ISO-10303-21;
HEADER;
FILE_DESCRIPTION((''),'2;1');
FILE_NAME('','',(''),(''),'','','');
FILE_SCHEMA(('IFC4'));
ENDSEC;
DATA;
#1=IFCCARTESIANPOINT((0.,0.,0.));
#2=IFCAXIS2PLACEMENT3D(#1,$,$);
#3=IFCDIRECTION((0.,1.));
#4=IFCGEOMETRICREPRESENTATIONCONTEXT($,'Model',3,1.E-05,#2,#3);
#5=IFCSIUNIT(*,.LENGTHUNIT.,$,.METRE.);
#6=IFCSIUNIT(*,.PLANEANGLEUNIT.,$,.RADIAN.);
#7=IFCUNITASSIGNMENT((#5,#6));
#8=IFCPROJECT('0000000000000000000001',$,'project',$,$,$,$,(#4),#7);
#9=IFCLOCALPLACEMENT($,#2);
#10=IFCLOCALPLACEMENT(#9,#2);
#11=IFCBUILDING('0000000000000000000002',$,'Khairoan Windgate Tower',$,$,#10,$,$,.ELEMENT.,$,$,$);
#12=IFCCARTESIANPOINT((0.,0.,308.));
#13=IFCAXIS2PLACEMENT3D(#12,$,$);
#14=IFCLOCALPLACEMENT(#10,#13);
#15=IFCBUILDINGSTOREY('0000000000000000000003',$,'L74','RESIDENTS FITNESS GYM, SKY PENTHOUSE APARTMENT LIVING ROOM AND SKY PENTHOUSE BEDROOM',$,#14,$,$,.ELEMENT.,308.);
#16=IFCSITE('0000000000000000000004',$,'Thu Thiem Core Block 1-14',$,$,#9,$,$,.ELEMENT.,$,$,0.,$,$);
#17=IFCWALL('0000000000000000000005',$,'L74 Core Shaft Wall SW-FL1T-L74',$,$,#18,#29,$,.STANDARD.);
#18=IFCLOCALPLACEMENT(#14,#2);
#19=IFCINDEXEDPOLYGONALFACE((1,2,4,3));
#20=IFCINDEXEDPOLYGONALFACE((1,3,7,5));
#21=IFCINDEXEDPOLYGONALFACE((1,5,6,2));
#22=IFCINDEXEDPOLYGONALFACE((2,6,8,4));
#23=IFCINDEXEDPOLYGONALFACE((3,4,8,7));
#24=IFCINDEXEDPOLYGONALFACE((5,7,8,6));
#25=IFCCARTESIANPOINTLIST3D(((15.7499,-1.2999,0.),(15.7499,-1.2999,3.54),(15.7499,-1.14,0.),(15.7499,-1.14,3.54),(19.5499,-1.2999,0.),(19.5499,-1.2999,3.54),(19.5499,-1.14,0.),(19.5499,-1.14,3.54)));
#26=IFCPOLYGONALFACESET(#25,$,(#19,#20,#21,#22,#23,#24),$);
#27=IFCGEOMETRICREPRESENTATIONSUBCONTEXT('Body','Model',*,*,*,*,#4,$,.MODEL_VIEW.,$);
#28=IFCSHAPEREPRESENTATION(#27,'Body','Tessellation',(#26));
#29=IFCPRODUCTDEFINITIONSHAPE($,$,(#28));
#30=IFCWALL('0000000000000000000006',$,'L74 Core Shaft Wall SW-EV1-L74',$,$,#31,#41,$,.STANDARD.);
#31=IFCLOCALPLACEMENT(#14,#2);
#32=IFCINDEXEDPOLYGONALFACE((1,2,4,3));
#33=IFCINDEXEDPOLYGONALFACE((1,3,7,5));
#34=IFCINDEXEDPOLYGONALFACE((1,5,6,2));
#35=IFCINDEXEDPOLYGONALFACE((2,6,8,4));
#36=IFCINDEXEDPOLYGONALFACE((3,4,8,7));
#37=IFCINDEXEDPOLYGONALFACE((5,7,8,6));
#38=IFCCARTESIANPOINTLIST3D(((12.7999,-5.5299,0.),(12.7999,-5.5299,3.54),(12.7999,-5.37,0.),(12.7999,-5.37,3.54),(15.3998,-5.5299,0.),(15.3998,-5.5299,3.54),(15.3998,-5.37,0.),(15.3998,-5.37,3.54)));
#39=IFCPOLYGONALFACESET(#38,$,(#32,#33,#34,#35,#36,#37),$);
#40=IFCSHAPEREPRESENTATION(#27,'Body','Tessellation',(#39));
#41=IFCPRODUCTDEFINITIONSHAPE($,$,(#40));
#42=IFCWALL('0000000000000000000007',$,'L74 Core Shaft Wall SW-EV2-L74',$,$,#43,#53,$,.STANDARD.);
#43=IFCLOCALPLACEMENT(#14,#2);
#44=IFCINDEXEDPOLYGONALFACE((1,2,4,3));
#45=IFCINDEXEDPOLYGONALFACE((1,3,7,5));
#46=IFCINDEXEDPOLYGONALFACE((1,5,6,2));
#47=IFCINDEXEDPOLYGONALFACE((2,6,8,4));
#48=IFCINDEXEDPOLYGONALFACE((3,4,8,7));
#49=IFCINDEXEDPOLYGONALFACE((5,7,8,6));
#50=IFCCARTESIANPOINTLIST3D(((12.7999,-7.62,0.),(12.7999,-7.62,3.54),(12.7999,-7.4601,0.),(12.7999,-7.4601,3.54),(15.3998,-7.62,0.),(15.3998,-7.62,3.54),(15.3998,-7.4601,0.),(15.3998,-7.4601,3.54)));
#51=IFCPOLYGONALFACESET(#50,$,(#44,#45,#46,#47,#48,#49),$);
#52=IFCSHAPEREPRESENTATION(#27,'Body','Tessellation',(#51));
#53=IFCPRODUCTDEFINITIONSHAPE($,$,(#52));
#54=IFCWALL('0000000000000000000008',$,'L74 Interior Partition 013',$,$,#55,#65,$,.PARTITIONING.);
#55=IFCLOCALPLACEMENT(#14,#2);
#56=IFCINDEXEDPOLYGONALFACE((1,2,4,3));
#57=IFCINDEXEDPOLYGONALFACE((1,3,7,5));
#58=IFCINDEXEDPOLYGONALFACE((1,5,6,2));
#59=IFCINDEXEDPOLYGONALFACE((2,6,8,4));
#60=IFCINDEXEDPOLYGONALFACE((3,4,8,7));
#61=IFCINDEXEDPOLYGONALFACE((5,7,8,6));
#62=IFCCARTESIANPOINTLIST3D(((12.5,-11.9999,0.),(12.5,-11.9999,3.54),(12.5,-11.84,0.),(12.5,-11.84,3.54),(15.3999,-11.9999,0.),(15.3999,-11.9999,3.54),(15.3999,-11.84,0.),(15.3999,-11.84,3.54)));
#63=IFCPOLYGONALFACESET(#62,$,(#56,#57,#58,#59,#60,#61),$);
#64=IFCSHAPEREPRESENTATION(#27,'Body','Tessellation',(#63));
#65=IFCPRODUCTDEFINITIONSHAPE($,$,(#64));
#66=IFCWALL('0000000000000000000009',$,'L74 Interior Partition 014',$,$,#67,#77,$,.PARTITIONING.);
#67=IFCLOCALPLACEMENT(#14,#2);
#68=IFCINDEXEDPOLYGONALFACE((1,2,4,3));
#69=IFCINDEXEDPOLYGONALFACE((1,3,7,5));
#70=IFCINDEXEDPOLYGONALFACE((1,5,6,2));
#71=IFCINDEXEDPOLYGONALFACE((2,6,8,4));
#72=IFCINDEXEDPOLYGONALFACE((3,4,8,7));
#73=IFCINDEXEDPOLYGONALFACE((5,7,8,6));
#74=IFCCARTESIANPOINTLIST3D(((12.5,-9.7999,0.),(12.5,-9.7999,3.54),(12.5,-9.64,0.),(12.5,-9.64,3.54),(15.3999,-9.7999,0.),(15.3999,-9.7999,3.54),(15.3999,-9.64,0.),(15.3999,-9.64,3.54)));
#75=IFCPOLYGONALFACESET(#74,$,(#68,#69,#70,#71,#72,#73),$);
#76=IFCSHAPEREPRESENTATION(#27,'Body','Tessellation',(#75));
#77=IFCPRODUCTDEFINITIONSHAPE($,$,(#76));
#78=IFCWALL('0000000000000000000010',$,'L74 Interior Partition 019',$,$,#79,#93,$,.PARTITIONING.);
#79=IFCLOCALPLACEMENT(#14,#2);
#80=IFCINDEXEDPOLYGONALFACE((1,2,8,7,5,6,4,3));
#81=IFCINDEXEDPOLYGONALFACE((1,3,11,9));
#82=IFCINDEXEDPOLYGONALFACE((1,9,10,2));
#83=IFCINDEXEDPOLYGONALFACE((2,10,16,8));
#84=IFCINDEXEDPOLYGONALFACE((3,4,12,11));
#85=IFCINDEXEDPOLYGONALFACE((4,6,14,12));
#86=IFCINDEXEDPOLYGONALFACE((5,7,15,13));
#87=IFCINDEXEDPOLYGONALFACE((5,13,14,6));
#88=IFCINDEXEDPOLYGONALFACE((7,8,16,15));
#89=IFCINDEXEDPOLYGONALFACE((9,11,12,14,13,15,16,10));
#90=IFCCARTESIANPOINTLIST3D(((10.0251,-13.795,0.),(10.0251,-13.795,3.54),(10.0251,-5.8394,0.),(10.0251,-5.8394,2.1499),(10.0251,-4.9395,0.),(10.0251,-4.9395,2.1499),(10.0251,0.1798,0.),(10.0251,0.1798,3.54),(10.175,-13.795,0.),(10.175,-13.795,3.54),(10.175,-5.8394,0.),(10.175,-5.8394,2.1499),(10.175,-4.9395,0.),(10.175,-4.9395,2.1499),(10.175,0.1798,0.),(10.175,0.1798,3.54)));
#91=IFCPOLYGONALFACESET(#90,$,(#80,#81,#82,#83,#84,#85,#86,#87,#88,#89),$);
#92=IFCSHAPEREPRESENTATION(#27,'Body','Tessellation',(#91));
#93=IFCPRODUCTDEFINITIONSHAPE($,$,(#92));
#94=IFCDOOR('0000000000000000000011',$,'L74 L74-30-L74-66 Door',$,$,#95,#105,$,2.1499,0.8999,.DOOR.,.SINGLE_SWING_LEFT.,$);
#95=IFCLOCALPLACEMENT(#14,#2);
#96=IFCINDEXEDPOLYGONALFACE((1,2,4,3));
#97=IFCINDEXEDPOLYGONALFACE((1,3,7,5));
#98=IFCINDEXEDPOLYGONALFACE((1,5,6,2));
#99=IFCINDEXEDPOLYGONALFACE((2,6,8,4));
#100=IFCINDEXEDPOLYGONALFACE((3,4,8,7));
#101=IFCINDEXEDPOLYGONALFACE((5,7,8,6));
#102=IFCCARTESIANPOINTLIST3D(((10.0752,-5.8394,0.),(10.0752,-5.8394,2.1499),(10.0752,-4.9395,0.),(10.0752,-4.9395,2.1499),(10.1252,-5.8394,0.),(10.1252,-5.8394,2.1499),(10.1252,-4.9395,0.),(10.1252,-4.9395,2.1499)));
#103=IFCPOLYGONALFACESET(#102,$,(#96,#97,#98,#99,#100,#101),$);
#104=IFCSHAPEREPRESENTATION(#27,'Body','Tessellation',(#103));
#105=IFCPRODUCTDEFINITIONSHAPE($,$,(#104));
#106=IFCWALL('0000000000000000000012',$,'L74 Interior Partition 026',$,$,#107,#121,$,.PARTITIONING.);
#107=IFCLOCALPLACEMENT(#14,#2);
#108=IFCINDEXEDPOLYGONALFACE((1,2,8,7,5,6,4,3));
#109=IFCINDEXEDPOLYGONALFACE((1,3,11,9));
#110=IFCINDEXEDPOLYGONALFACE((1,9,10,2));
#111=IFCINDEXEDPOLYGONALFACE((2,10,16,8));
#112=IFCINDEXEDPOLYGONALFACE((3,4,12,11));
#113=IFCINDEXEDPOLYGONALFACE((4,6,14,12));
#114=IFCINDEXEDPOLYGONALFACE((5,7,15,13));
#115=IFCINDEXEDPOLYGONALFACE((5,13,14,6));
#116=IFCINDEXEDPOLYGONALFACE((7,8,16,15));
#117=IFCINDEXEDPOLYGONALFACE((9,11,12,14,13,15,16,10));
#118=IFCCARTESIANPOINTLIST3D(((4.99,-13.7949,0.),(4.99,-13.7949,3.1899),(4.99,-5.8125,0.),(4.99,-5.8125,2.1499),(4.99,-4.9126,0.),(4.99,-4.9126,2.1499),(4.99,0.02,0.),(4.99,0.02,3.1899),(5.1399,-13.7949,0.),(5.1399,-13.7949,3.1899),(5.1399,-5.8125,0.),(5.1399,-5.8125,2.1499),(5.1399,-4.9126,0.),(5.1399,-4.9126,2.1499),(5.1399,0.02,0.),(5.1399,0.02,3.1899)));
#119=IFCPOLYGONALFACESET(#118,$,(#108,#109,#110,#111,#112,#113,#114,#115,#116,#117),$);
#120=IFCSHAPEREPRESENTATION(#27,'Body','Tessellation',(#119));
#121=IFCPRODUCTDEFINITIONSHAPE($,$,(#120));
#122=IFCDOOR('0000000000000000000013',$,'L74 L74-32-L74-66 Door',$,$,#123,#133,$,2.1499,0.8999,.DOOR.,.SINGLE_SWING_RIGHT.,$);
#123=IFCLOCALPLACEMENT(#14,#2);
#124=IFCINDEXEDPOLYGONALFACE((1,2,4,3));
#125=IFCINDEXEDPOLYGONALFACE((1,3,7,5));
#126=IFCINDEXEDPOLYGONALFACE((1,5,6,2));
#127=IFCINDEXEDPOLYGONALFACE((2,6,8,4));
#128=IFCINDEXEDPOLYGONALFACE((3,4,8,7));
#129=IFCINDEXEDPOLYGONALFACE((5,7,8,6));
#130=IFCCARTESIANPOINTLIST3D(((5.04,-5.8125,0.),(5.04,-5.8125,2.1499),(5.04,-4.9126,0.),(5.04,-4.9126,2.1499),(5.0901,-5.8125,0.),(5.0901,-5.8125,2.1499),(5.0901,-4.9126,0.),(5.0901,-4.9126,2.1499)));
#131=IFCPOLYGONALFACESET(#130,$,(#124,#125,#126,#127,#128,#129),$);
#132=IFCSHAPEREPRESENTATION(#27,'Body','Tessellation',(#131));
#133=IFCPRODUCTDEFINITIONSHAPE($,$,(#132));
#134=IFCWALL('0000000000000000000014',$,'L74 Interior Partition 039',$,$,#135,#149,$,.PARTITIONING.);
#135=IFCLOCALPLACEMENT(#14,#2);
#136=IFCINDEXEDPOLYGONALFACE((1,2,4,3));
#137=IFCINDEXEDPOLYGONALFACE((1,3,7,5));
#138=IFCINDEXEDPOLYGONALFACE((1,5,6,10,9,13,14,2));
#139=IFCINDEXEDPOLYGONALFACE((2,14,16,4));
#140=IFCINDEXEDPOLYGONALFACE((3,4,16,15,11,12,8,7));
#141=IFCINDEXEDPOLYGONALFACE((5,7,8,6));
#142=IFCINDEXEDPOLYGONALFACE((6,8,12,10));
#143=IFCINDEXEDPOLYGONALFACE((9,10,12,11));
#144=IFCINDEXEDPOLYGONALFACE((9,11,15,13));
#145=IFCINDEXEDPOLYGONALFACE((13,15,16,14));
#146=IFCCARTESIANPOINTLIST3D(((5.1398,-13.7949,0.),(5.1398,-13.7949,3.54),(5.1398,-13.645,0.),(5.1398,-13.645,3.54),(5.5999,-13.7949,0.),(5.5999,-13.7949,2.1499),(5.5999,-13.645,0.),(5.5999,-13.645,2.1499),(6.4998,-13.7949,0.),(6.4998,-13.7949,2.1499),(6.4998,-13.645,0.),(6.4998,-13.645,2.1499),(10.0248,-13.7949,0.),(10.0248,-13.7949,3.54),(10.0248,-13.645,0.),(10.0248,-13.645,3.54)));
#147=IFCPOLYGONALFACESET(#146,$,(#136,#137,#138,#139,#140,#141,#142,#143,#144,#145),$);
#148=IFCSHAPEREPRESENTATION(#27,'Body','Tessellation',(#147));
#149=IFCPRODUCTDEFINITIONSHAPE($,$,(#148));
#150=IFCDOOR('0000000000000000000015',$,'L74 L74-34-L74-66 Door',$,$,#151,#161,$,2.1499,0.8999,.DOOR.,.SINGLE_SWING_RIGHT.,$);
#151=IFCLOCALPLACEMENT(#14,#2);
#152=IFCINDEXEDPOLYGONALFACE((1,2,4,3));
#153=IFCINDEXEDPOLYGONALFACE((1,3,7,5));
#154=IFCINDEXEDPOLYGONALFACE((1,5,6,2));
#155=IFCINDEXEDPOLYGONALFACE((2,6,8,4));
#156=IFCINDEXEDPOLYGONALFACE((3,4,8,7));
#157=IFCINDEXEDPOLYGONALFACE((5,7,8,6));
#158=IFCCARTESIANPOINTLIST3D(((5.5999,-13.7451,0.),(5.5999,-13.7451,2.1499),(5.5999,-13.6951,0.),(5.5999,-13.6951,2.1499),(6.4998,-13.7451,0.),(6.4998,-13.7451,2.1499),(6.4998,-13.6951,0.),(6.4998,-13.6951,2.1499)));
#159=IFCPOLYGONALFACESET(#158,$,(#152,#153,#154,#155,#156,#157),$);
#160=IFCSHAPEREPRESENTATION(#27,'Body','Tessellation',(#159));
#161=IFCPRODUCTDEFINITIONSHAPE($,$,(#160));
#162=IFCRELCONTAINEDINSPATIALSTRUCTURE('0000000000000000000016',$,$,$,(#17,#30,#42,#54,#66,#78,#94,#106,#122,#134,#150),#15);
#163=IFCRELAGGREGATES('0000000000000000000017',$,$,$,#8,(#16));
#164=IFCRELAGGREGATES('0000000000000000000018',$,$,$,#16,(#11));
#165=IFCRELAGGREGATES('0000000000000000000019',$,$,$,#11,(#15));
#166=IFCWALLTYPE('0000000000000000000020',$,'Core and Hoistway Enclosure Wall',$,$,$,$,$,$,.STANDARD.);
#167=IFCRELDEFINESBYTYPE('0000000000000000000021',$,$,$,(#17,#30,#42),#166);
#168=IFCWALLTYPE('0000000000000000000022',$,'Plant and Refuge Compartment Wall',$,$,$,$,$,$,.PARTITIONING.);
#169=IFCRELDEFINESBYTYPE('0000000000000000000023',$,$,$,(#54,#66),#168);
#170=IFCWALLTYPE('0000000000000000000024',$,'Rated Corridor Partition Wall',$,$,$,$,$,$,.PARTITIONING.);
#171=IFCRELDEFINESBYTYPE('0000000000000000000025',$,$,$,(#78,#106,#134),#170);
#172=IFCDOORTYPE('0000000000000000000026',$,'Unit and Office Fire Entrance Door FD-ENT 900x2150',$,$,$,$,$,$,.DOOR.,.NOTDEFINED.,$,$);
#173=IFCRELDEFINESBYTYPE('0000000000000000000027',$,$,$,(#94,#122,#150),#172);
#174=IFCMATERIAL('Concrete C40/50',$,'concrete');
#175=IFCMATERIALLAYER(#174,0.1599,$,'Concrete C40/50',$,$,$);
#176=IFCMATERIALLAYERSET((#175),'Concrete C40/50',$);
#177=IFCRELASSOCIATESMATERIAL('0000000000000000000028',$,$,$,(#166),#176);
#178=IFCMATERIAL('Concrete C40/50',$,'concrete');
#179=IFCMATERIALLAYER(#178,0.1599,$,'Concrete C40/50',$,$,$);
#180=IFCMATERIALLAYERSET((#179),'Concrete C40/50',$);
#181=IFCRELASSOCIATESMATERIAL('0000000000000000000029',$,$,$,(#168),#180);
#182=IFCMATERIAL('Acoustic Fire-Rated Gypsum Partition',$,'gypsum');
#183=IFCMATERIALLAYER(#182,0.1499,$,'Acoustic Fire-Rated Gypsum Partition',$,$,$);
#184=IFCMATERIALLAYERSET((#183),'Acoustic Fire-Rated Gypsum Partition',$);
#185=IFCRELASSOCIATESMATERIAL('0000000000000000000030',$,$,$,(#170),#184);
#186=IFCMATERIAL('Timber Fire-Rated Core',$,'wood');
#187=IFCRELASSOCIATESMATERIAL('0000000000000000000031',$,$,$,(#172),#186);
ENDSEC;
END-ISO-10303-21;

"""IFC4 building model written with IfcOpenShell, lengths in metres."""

from ifc_helpers import new_model, si_unit, direction, frame, frame_2d, origin, place, context, subcontext, project, spatial, rectangle, extrude, material, layer, layer_set, type_object, element, fill, save


model = new_model("IFC4")

# Units and contexts
model_context = context("Model", 3, precision=1e-05, world=origin(), true_north=direction((0.0, 1.0)))
body_context = subcontext(model_context, "Body", "Model", "MODEL_VIEW")
ifc_project = project(units=[si_unit("LENGTHUNIT", "METRE"), si_unit("PLANEANGLEUNIT", "RADIAN")], contexts=[model_context])

# Site, building, storey
site_placement = place(None, origin())
site = spatial("IfcSite", under=ifc_project, at=site_placement, Name="Thu Thiem Core Block 1-14", CompositionType="ELEMENT", RefElevation=0.0)
building_placement = place(site_placement, origin())
building = spatial("IfcBuilding", under=site, at=building_placement, Name="Khairoan Windgate Tower", CompositionType="ELEMENT")
storey_placement = place(building_placement, frame((0.0, 0.0, 308.0)))
storey = spatial("IfcBuildingStorey", under=building, at=storey_placement, Name="L74", Description="RESIDENTS FITNESS GYM, SKY PENTHOUSE APARTMENT LIVING ROOM AND SKY PENTHOUSE BEDROOM", CompositionType="ELEMENT", Elevation=308.0)

# Shared definitions
ifc_material_1 = material(Name="Concrete C40/50", Category="concrete")
ifc_layer_1 = layer(ifc_material_1, 0.1599, Name="Concrete C40/50")
ifc_layer_set_1 = layer_set([ifc_layer_1], Name="Concrete C40/50")
wall_type_1 = type_object("IfcWallType", Name="Core and Hoistway Enclosure Wall", PredefinedType="STANDARD", material=ifc_layer_set_1)

# Walls
wall_1_placement = place(storey_placement, frame((15.75, -1.22, 0.0), z_axis=(0.0, 0.0, 1.0), x_axis=(1.0, 0.0, 0.0)))
element("IfcWall", 1, at=wall_1_placement, inside=storey, type_object=wall_type_1, Name="L74 Core Shaft Wall SW-FL1T-L74", PredefinedType="STANDARD", context=body_context, shape_type="SweptSolid", body=[
    extrude(rectangle(XDim=3.8, YDim=0.1599, at=frame_2d((1.8999, 0.0))), origin(), (0.0, 0.0, 1.0), 3.54),
])
for number, where, z_axis, x_axis, name in (
    (2, (12.8, -5.45, 0.0), (0.0, 0.0, 1.0), (1.0, 0.0, 0.0), "L74 Core Shaft Wall SW-EV1-L74"),
    (3, (12.8, -7.54, 0.0), (0.0, 0.0, 1.0), (1.0, 0.0, 0.0), "L74 Core Shaft Wall SW-EV2-L74"),
):
    element("IfcWall", number, at=place(storey_placement, frame(where, z_axis=z_axis, x_axis=x_axis)), inside=storey, type_object=wall_type_1, Name=name, PredefinedType="STANDARD", context=body_context, shape_type="SweptSolid", body=[
        extrude(rectangle(XDim=2.5999, YDim=0.1599, at=frame_2d((1.2998, 0.0))), origin(), (0.0, 0.0, 1.0), 3.54),
    ])
ifc_material_2 = material(Name="Concrete C40/50", Category="concrete")
ifc_layer_2 = layer(ifc_material_2, 0.1599, Name="Concrete C40/50")
ifc_layer_set_2 = layer_set([ifc_layer_2], Name="Concrete C40/50")
wall_type_2 = type_object("IfcWallType", Name="Plant and Refuge Compartment Wall", PredefinedType="PARTITIONING", material=ifc_layer_set_2)
for number, where, z_axis, x_axis, name in (
    (4, (12.5, -11.9199, 0.0), (0.0, 0.0, 1.0), (1.0, 0.0, 0.0), "L74 Interior Partition 013"),
    (5, (12.5, -9.72, 0.0), (0.0, 0.0, 1.0), (1.0, 0.0, 0.0), "L74 Interior Partition 014"),
):
    element("IfcWall", number, at=place(storey_placement, frame(where, z_axis=z_axis, x_axis=x_axis)), inside=storey, type_object=wall_type_2, Name=name, PredefinedType="PARTITIONING", context=body_context, shape_type="SweptSolid", body=[
        extrude(rectangle(XDim=2.8999, YDim=0.1599, at=frame_2d((1.45, 0.0))), origin(), (0.0, 0.0, 1.0), 3.54),
    ])

# Walls, openings, doors
ifc_material_3 = material(Name="Acoustic Fire-Rated Gypsum Partition", Category="gypsum")
ifc_layer_3 = layer(ifc_material_3, 0.1499, Name="Acoustic Fire-Rated Gypsum Partition")
ifc_layer_set_3 = layer_set([ifc_layer_3], Name="Acoustic Fire-Rated Gypsum Partition")
wall_type_3 = type_object("IfcWallType", Name="Rated Corridor Partition Wall", PredefinedType="PARTITIONING", material=ifc_layer_set_3)
wall_2_placement = place(storey_placement, frame((10.1001, -13.7949, 0.0), z_axis=(0.0, 0.0, 1.0), x_axis=(0.0, 1.0, 0.0)))
wall_2 = element("IfcWall", 6, at=wall_2_placement, inside=storey, type_object=wall_type_3, Name="L74 Interior Partition 019", PredefinedType="PARTITIONING", context=body_context, shape_type="SweptSolid", body=[
    extrude(rectangle(XDim=13.9749, YDim=0.1499, at=frame_2d((6.9873, 0.0))), origin(), (0.0, 0.0, 1.0), 3.54),
])
opening_1_placement = place(wall_2_placement, frame((7.9556, 0.0, 0.0)))
opening_1 = element("IfcOpeningElement", 7, at=opening_1_placement, cuts=wall_2, PredefinedType="OPENING", context=body_context, shape_type="SweptSolid", body=[
    extrude(rectangle(XDim=0.8999, YDim=2.1499, at=frame_2d((0.45, 1.075))), frame((0.0, 0.085, 0.0), z_axis=(0.0, -1.0, 0.0), x_axis=(1.0, 0.0, 0.0)), (0.0, 0.0, 1.0), 0.1699),
])
ifc_material_4 = material(Name="Timber Fire-Rated Core", Category="wood")
door_type_1 = type_object("IfcDoorType", Name="Unit and Office Fire Entrance Door FD-ENT 900x2150", OperationType="NOTDEFINED", PredefinedType="DOOR", material=ifc_material_4)
door_1_placement = place(opening_1_placement, origin())
door_1 = element("IfcDoor", 8, at=door_1_placement, inside=storey, type_object=door_type_1, Name="L74 L74-30-L74-66 Door", OperationType="SINGLE_SWING_LEFT", OverallHeight=2.1499, OverallWidth=0.8999, PredefinedType="DOOR", context=body_context, shape_type="SweptSolid", body=[
    extrude(rectangle(XDim=0.8999, YDim=2.1499, at=frame_2d((0.45, 1.075))), frame((0.0, 0.0249, 0.0), z_axis=(0.0, -1.0, 0.0), x_axis=(1.0, 0.0, 0.0)), (0.0, 0.0, 1.0), 0.05),
])
fill(opening_1, door_1)
wall_3_placement = place(storey_placement, frame((5.0649, -13.7949, 0.0), z_axis=(0.0, 0.0, 1.0), x_axis=(0.0, 1.0, 0.0)))
wall_3 = element("IfcWall", 9, at=wall_3_placement, inside=storey, type_object=wall_type_3, Name="L74 Interior Partition 026", PredefinedType="PARTITIONING", context=body_context, shape_type="SweptSolid", body=[
    extrude(rectangle(XDim=13.8149, YDim=0.1499, at=frame_2d((6.9075, 0.0))), origin(), (0.0, 0.0, 1.0), 3.1899),
])
opening_2_placement = place(wall_3_placement, frame((7.9824, 0.0, 0.0)))
opening_2 = element("IfcOpeningElement", 10, at=opening_2_placement, cuts=wall_3, PredefinedType="OPENING", context=body_context, shape_type="SweptSolid", body=[
    extrude(rectangle(XDim=0.8999, YDim=2.1499, at=frame_2d((0.45, 1.075))), frame((0.0, 0.085, 0.0), z_axis=(0.0, -1.0, 0.0), x_axis=(1.0, 0.0, 0.0)), (0.0, 0.0, 1.0), 0.1699),
])
door_2_placement = place(opening_2_placement, origin())
door_2 = element("IfcDoor", 11, at=door_2_placement, inside=storey, type_object=door_type_1, Name="L74 L74-32-L74-66 Door", OperationType="SINGLE_SWING_RIGHT", OverallHeight=2.1499, OverallWidth=0.8999, PredefinedType="DOOR", context=body_context, shape_type="SweptSolid", body=[
    extrude(rectangle(XDim=0.8999, YDim=2.1499, at=frame_2d((0.45, 1.075))), frame((0.0, 0.0249, 0.0), z_axis=(0.0, -1.0, 0.0), x_axis=(1.0, 0.0, 0.0)), (0.0, 0.0, 1.0), 0.05),
])
fill(opening_2, door_2)
wall_4_placement = place(storey_placement, frame((5.1399, -13.72, 0.0), z_axis=(0.0, 0.0, 1.0), x_axis=(1.0, 0.0, 0.0)))
wall_4 = element("IfcWall", 12, at=wall_4_placement, inside=storey, type_object=wall_type_3, Name="L74 Interior Partition 039", PredefinedType="PARTITIONING", context=body_context, shape_type="SweptSolid", body=[
    extrude(rectangle(XDim=4.885, YDim=0.1499, at=frame_2d((2.4424, 0.0))), origin(), (0.0, 0.0, 1.0), 3.54),
])
opening_3_placement = place(wall_4_placement, frame((0.46, 0.0, 0.0)))
opening_3 = element("IfcOpeningElement", 13, at=opening_3_placement, cuts=wall_4, PredefinedType="OPENING", context=body_context, shape_type="SweptSolid", body=[
    extrude(rectangle(XDim=0.8999, YDim=2.1499, at=frame_2d((0.45, 1.075))), frame((0.0, 0.085, 0.0), z_axis=(0.0, -1.0, 0.0), x_axis=(1.0, 0.0, 0.0)), (0.0, 0.0, 1.0), 0.1699),
])
door_3_placement = place(opening_3_placement, origin())
door_3 = element("IfcDoor", 14, at=door_3_placement, inside=storey, type_object=door_type_1, Name="L74 L74-34-L74-66 Door", OperationType="SINGLE_SWING_RIGHT", OverallHeight=2.1499, OverallWidth=0.8999, PredefinedType="DOOR", context=body_context, shape_type="SweptSolid", body=[
    extrude(rectangle(XDim=0.8999, YDim=2.1499, at=frame_2d((0.45, 1.075))), frame((0.0, 0.0249, 0.0), z_axis=(0.0, -1.0, 0.0), x_axis=(1.0, 0.0, 0.0)), (0.0, 0.0, 1.0), 0.05),
])
fill(opening_3, door_3)

save(model, "model.ifc")
